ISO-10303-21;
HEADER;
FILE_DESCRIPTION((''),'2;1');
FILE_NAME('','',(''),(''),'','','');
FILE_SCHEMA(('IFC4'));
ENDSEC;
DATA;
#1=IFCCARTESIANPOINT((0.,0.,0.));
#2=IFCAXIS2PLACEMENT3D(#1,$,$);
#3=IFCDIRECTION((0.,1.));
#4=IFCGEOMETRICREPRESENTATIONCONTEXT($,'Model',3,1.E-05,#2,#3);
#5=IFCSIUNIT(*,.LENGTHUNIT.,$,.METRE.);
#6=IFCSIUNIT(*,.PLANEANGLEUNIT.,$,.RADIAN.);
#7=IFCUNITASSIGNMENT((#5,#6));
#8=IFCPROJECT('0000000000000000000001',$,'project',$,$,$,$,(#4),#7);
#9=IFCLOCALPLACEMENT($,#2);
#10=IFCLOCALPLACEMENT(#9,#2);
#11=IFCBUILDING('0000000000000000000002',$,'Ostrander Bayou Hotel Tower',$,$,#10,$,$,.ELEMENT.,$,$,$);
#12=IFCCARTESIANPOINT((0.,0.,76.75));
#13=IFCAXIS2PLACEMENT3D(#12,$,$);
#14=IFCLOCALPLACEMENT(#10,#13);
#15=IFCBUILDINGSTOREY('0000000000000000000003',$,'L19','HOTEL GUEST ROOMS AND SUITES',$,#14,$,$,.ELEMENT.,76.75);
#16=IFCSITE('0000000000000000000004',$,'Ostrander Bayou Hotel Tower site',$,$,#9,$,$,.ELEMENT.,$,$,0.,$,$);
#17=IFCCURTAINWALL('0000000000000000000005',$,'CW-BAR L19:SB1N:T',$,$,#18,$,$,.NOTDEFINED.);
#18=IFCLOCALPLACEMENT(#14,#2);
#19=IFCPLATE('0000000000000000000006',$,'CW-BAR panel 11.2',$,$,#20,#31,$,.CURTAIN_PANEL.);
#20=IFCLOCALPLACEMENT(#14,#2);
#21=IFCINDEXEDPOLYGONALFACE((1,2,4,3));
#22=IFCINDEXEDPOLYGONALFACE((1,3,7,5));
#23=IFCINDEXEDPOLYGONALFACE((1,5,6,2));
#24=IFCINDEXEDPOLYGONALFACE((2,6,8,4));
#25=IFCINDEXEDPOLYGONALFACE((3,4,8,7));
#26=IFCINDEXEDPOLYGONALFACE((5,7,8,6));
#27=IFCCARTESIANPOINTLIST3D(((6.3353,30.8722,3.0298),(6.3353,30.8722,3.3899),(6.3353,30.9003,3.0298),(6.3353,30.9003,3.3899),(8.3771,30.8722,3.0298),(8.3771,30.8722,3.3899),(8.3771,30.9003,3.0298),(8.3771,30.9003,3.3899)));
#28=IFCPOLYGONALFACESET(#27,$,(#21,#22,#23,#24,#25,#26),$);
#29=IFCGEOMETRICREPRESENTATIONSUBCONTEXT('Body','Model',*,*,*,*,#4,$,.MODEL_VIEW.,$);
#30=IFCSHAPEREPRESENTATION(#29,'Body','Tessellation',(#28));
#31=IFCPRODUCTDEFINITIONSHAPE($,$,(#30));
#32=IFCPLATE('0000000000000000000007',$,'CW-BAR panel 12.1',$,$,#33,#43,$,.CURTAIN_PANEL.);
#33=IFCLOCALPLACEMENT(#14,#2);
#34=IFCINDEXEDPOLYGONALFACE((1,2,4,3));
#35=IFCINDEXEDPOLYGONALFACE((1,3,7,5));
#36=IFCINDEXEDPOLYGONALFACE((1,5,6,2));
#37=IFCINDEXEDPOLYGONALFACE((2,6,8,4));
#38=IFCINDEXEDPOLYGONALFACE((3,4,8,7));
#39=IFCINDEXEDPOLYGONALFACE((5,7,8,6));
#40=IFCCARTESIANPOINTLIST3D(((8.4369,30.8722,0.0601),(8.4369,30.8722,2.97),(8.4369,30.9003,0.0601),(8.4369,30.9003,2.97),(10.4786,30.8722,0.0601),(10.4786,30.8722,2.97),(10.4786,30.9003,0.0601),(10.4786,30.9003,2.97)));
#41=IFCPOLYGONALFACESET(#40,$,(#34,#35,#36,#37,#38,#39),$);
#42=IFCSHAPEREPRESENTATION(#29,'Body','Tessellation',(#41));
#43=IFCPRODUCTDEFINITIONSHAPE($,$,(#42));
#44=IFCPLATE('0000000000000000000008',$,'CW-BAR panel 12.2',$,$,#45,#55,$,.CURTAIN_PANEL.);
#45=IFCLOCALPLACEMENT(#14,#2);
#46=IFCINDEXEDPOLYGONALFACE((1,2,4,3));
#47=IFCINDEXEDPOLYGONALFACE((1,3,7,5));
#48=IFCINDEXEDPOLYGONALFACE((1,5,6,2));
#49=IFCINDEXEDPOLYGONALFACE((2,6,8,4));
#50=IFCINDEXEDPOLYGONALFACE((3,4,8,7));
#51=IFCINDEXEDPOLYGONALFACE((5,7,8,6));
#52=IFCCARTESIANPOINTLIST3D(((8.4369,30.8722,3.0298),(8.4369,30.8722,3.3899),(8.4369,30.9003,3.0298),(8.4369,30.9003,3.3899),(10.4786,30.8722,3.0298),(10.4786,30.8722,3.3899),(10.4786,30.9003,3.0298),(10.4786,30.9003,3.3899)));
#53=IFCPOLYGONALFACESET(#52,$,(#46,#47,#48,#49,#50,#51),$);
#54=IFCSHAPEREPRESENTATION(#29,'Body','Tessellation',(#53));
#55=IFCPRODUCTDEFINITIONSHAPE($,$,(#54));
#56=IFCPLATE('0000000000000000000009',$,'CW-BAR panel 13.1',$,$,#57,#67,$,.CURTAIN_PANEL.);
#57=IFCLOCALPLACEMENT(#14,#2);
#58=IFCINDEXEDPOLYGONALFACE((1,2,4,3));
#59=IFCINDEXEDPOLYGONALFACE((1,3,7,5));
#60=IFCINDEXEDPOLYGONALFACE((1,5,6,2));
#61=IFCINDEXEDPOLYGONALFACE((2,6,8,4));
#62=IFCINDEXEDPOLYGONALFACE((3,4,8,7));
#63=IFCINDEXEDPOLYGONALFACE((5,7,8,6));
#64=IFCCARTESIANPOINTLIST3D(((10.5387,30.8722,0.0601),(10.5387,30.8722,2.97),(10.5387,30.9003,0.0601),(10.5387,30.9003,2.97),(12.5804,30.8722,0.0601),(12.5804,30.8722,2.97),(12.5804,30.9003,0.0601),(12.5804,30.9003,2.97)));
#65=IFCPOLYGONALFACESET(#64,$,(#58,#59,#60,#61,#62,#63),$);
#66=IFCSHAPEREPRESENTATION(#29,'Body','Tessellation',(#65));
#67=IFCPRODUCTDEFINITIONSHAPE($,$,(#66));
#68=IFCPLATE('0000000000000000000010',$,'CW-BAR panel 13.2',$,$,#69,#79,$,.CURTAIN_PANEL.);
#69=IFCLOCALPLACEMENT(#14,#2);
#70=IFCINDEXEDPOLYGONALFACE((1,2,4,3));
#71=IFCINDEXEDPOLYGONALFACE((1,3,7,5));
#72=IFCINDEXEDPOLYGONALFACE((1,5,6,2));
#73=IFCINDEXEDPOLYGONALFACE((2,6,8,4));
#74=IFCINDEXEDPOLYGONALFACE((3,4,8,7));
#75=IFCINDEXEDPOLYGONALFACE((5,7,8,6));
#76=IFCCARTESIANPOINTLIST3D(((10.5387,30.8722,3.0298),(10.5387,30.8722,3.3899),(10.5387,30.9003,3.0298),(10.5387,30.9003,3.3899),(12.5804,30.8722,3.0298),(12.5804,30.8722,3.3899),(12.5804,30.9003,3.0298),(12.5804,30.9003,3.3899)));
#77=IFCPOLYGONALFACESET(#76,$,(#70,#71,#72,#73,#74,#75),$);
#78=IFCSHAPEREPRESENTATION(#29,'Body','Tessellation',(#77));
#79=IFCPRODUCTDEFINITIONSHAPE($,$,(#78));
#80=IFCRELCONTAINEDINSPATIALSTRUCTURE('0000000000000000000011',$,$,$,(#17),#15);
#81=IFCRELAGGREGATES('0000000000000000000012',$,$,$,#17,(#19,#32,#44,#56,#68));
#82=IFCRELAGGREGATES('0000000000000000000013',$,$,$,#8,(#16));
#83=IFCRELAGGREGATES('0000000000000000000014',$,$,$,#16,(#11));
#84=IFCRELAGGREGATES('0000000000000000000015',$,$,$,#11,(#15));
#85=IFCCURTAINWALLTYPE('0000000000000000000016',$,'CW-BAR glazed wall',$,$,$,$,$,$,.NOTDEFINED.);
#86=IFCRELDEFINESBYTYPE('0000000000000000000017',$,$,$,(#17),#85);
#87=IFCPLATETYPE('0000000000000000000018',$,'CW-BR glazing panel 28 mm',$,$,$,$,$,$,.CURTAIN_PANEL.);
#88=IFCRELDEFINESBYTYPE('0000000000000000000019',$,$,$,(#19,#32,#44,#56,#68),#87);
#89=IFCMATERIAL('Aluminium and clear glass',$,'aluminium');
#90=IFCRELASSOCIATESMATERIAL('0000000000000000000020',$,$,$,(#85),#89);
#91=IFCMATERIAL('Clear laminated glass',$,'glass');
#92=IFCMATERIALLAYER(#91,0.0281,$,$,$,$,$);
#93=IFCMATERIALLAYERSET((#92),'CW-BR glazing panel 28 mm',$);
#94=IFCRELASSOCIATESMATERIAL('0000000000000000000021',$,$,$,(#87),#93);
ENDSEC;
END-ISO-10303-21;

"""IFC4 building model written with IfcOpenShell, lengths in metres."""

from ifc_helpers import new_model, si_unit, direction, frame, origin, origin_2d, place, context, subcontext, project, spatial, rectangle, extrude, material, layer, layer_set, type_object, element, aggregate, save


model = new_model("IFC4")

# Units and contexts
model_context = context("Model", 3, precision=1e-05, world=origin(), true_north=direction((0.0, 1.0)))
body_context = subcontext(model_context, "Body", "Model", "MODEL_VIEW")
ifc_project = project(units=[si_unit("LENGTHUNIT", "METRE"), si_unit("PLANEANGLEUNIT", "RADIAN")], contexts=[model_context])

# Site, building, storey
site_placement = place(None, origin())
site = spatial("IfcSite", under=ifc_project, at=site_placement, Name="Ostrander Bayou Hotel Tower site", CompositionType="ELEMENT", RefElevation=0.0)
building_placement = place(site_placement, origin())
building = spatial("IfcBuilding", under=site, at=building_placement, Name="Ostrander Bayou Hotel Tower", CompositionType="ELEMENT")
storey_placement = place(building_placement, frame((0.0, 0.0, 76.75)))
storey = spatial("IfcBuildingStorey", under=building, at=storey_placement, Name="L19", Description="HOTEL GUEST ROOMS AND SUITES", CompositionType="ELEMENT", Elevation=76.75)

# Curtain wall, plates
ifc_material_1 = material(Name="Aluminium and clear glass", Category="aluminium")
curtain_wall_type = type_object("IfcCurtainWallType", Name="CW-BAR glazed wall", PredefinedType="NOTDEFINED", material=ifc_material_1)
curtain_wall_placement = place(storey_placement, origin())
curtain_wall = element("IfcCurtainWall", 1, at=curtain_wall_placement, inside=storey, type_object=curtain_wall_type, Name="CW-BAR L19:SB1N:T", PredefinedType="NOTDEFINED")
ifc_material_2 = material(Name="Clear laminated glass", Category="glass")
ifc_layer = layer(ifc_material_2, 0.0281)
ifc_layer_set = layer_set([ifc_layer], Name="CW-BR glazing panel 28 mm")
plate_type = type_object("IfcPlateType", Name="CW-BR glazing panel 28 mm", PredefinedType="CURTAIN_PANEL", material=ifc_layer_set)
plate_1_placement = place(storey_placement, frame((7.3562, 30.8862, 3.0298), z_axis=(0.0, 0.0, 1.0), x_axis=(1.0, 0.0, 0.0)))
plate_1 = element("IfcPlate", 2, at=plate_1_placement, type_object=plate_type, Name="CW-BAR panel 11.2", PredefinedType="CURTAIN_PANEL", context=body_context, shape_type="SweptSolid", body=[
    extrude(rectangle(XDim=2.0417, YDim=0.0281, at=origin_2d()), origin(), (0.0, 0.0, 1.0), 0.3601),
])
plate_2_placement = place(storey_placement, frame((9.4578, 30.8862, 0.0601), z_axis=(0.0, 0.0, 1.0), x_axis=(1.0, 0.0, 0.0)))
plate_2 = element("IfcPlate", 3, at=plate_2_placement, type_object=plate_type, Name="CW-BAR panel 12.1", PredefinedType="CURTAIN_PANEL", context=body_context, shape_type="SweptSolid", body=[
    extrude(rectangle(XDim=2.0417, YDim=0.0281, at=origin_2d()), origin(), (0.0, 0.0, 1.0), 2.9099),
])
plate_3_placement = place(storey_placement, frame((9.4578, 30.8862, 3.0298), z_axis=(0.0, 0.0, 1.0), x_axis=(1.0, 0.0, 0.0)))
plate_3 = element("IfcPlate", 4, at=plate_3_placement, type_object=plate_type, Name="CW-BAR panel 12.2", PredefinedType="CURTAIN_PANEL", context=body_context, shape_type="SweptSolid", body=[
    extrude(rectangle(XDim=2.0417, YDim=0.0281, at=origin_2d()), origin(), (0.0, 0.0, 1.0), 0.3601),
])
plate_4_placement = place(storey_placement, frame((11.5596, 30.8862, 0.0601), z_axis=(0.0, 0.0, 1.0), x_axis=(1.0, 0.0, 0.0)))
plate_4 = element("IfcPlate", 5, at=plate_4_placement, type_object=plate_type, Name="CW-BAR panel 13.1", PredefinedType="CURTAIN_PANEL", context=body_context, shape_type="SweptSolid", body=[
    extrude(rectangle(XDim=2.0417, YDim=0.0281, at=origin_2d()), origin(), (0.0, 0.0, 1.0), 2.9099),
])
plate_5_placement = place(storey_placement, frame((11.5596, 30.8862, 3.0298), z_axis=(0.0, 0.0, 1.0), x_axis=(1.0, 0.0, 0.0)))
plate_5 = element("IfcPlate", 6, at=plate_5_placement, type_object=plate_type, Name="CW-BAR panel 13.2", PredefinedType="CURTAIN_PANEL", context=body_context, shape_type="SweptSolid", body=[
    extrude(rectangle(XDim=2.0417, YDim=0.0281, at=origin_2d()), origin(), (0.0, 0.0, 1.0), 0.3601),
])
aggregate(curtain_wall, [plate_1, plate_2, plate_3, plate_4, plate_5])

save(model, "model.ifc")
